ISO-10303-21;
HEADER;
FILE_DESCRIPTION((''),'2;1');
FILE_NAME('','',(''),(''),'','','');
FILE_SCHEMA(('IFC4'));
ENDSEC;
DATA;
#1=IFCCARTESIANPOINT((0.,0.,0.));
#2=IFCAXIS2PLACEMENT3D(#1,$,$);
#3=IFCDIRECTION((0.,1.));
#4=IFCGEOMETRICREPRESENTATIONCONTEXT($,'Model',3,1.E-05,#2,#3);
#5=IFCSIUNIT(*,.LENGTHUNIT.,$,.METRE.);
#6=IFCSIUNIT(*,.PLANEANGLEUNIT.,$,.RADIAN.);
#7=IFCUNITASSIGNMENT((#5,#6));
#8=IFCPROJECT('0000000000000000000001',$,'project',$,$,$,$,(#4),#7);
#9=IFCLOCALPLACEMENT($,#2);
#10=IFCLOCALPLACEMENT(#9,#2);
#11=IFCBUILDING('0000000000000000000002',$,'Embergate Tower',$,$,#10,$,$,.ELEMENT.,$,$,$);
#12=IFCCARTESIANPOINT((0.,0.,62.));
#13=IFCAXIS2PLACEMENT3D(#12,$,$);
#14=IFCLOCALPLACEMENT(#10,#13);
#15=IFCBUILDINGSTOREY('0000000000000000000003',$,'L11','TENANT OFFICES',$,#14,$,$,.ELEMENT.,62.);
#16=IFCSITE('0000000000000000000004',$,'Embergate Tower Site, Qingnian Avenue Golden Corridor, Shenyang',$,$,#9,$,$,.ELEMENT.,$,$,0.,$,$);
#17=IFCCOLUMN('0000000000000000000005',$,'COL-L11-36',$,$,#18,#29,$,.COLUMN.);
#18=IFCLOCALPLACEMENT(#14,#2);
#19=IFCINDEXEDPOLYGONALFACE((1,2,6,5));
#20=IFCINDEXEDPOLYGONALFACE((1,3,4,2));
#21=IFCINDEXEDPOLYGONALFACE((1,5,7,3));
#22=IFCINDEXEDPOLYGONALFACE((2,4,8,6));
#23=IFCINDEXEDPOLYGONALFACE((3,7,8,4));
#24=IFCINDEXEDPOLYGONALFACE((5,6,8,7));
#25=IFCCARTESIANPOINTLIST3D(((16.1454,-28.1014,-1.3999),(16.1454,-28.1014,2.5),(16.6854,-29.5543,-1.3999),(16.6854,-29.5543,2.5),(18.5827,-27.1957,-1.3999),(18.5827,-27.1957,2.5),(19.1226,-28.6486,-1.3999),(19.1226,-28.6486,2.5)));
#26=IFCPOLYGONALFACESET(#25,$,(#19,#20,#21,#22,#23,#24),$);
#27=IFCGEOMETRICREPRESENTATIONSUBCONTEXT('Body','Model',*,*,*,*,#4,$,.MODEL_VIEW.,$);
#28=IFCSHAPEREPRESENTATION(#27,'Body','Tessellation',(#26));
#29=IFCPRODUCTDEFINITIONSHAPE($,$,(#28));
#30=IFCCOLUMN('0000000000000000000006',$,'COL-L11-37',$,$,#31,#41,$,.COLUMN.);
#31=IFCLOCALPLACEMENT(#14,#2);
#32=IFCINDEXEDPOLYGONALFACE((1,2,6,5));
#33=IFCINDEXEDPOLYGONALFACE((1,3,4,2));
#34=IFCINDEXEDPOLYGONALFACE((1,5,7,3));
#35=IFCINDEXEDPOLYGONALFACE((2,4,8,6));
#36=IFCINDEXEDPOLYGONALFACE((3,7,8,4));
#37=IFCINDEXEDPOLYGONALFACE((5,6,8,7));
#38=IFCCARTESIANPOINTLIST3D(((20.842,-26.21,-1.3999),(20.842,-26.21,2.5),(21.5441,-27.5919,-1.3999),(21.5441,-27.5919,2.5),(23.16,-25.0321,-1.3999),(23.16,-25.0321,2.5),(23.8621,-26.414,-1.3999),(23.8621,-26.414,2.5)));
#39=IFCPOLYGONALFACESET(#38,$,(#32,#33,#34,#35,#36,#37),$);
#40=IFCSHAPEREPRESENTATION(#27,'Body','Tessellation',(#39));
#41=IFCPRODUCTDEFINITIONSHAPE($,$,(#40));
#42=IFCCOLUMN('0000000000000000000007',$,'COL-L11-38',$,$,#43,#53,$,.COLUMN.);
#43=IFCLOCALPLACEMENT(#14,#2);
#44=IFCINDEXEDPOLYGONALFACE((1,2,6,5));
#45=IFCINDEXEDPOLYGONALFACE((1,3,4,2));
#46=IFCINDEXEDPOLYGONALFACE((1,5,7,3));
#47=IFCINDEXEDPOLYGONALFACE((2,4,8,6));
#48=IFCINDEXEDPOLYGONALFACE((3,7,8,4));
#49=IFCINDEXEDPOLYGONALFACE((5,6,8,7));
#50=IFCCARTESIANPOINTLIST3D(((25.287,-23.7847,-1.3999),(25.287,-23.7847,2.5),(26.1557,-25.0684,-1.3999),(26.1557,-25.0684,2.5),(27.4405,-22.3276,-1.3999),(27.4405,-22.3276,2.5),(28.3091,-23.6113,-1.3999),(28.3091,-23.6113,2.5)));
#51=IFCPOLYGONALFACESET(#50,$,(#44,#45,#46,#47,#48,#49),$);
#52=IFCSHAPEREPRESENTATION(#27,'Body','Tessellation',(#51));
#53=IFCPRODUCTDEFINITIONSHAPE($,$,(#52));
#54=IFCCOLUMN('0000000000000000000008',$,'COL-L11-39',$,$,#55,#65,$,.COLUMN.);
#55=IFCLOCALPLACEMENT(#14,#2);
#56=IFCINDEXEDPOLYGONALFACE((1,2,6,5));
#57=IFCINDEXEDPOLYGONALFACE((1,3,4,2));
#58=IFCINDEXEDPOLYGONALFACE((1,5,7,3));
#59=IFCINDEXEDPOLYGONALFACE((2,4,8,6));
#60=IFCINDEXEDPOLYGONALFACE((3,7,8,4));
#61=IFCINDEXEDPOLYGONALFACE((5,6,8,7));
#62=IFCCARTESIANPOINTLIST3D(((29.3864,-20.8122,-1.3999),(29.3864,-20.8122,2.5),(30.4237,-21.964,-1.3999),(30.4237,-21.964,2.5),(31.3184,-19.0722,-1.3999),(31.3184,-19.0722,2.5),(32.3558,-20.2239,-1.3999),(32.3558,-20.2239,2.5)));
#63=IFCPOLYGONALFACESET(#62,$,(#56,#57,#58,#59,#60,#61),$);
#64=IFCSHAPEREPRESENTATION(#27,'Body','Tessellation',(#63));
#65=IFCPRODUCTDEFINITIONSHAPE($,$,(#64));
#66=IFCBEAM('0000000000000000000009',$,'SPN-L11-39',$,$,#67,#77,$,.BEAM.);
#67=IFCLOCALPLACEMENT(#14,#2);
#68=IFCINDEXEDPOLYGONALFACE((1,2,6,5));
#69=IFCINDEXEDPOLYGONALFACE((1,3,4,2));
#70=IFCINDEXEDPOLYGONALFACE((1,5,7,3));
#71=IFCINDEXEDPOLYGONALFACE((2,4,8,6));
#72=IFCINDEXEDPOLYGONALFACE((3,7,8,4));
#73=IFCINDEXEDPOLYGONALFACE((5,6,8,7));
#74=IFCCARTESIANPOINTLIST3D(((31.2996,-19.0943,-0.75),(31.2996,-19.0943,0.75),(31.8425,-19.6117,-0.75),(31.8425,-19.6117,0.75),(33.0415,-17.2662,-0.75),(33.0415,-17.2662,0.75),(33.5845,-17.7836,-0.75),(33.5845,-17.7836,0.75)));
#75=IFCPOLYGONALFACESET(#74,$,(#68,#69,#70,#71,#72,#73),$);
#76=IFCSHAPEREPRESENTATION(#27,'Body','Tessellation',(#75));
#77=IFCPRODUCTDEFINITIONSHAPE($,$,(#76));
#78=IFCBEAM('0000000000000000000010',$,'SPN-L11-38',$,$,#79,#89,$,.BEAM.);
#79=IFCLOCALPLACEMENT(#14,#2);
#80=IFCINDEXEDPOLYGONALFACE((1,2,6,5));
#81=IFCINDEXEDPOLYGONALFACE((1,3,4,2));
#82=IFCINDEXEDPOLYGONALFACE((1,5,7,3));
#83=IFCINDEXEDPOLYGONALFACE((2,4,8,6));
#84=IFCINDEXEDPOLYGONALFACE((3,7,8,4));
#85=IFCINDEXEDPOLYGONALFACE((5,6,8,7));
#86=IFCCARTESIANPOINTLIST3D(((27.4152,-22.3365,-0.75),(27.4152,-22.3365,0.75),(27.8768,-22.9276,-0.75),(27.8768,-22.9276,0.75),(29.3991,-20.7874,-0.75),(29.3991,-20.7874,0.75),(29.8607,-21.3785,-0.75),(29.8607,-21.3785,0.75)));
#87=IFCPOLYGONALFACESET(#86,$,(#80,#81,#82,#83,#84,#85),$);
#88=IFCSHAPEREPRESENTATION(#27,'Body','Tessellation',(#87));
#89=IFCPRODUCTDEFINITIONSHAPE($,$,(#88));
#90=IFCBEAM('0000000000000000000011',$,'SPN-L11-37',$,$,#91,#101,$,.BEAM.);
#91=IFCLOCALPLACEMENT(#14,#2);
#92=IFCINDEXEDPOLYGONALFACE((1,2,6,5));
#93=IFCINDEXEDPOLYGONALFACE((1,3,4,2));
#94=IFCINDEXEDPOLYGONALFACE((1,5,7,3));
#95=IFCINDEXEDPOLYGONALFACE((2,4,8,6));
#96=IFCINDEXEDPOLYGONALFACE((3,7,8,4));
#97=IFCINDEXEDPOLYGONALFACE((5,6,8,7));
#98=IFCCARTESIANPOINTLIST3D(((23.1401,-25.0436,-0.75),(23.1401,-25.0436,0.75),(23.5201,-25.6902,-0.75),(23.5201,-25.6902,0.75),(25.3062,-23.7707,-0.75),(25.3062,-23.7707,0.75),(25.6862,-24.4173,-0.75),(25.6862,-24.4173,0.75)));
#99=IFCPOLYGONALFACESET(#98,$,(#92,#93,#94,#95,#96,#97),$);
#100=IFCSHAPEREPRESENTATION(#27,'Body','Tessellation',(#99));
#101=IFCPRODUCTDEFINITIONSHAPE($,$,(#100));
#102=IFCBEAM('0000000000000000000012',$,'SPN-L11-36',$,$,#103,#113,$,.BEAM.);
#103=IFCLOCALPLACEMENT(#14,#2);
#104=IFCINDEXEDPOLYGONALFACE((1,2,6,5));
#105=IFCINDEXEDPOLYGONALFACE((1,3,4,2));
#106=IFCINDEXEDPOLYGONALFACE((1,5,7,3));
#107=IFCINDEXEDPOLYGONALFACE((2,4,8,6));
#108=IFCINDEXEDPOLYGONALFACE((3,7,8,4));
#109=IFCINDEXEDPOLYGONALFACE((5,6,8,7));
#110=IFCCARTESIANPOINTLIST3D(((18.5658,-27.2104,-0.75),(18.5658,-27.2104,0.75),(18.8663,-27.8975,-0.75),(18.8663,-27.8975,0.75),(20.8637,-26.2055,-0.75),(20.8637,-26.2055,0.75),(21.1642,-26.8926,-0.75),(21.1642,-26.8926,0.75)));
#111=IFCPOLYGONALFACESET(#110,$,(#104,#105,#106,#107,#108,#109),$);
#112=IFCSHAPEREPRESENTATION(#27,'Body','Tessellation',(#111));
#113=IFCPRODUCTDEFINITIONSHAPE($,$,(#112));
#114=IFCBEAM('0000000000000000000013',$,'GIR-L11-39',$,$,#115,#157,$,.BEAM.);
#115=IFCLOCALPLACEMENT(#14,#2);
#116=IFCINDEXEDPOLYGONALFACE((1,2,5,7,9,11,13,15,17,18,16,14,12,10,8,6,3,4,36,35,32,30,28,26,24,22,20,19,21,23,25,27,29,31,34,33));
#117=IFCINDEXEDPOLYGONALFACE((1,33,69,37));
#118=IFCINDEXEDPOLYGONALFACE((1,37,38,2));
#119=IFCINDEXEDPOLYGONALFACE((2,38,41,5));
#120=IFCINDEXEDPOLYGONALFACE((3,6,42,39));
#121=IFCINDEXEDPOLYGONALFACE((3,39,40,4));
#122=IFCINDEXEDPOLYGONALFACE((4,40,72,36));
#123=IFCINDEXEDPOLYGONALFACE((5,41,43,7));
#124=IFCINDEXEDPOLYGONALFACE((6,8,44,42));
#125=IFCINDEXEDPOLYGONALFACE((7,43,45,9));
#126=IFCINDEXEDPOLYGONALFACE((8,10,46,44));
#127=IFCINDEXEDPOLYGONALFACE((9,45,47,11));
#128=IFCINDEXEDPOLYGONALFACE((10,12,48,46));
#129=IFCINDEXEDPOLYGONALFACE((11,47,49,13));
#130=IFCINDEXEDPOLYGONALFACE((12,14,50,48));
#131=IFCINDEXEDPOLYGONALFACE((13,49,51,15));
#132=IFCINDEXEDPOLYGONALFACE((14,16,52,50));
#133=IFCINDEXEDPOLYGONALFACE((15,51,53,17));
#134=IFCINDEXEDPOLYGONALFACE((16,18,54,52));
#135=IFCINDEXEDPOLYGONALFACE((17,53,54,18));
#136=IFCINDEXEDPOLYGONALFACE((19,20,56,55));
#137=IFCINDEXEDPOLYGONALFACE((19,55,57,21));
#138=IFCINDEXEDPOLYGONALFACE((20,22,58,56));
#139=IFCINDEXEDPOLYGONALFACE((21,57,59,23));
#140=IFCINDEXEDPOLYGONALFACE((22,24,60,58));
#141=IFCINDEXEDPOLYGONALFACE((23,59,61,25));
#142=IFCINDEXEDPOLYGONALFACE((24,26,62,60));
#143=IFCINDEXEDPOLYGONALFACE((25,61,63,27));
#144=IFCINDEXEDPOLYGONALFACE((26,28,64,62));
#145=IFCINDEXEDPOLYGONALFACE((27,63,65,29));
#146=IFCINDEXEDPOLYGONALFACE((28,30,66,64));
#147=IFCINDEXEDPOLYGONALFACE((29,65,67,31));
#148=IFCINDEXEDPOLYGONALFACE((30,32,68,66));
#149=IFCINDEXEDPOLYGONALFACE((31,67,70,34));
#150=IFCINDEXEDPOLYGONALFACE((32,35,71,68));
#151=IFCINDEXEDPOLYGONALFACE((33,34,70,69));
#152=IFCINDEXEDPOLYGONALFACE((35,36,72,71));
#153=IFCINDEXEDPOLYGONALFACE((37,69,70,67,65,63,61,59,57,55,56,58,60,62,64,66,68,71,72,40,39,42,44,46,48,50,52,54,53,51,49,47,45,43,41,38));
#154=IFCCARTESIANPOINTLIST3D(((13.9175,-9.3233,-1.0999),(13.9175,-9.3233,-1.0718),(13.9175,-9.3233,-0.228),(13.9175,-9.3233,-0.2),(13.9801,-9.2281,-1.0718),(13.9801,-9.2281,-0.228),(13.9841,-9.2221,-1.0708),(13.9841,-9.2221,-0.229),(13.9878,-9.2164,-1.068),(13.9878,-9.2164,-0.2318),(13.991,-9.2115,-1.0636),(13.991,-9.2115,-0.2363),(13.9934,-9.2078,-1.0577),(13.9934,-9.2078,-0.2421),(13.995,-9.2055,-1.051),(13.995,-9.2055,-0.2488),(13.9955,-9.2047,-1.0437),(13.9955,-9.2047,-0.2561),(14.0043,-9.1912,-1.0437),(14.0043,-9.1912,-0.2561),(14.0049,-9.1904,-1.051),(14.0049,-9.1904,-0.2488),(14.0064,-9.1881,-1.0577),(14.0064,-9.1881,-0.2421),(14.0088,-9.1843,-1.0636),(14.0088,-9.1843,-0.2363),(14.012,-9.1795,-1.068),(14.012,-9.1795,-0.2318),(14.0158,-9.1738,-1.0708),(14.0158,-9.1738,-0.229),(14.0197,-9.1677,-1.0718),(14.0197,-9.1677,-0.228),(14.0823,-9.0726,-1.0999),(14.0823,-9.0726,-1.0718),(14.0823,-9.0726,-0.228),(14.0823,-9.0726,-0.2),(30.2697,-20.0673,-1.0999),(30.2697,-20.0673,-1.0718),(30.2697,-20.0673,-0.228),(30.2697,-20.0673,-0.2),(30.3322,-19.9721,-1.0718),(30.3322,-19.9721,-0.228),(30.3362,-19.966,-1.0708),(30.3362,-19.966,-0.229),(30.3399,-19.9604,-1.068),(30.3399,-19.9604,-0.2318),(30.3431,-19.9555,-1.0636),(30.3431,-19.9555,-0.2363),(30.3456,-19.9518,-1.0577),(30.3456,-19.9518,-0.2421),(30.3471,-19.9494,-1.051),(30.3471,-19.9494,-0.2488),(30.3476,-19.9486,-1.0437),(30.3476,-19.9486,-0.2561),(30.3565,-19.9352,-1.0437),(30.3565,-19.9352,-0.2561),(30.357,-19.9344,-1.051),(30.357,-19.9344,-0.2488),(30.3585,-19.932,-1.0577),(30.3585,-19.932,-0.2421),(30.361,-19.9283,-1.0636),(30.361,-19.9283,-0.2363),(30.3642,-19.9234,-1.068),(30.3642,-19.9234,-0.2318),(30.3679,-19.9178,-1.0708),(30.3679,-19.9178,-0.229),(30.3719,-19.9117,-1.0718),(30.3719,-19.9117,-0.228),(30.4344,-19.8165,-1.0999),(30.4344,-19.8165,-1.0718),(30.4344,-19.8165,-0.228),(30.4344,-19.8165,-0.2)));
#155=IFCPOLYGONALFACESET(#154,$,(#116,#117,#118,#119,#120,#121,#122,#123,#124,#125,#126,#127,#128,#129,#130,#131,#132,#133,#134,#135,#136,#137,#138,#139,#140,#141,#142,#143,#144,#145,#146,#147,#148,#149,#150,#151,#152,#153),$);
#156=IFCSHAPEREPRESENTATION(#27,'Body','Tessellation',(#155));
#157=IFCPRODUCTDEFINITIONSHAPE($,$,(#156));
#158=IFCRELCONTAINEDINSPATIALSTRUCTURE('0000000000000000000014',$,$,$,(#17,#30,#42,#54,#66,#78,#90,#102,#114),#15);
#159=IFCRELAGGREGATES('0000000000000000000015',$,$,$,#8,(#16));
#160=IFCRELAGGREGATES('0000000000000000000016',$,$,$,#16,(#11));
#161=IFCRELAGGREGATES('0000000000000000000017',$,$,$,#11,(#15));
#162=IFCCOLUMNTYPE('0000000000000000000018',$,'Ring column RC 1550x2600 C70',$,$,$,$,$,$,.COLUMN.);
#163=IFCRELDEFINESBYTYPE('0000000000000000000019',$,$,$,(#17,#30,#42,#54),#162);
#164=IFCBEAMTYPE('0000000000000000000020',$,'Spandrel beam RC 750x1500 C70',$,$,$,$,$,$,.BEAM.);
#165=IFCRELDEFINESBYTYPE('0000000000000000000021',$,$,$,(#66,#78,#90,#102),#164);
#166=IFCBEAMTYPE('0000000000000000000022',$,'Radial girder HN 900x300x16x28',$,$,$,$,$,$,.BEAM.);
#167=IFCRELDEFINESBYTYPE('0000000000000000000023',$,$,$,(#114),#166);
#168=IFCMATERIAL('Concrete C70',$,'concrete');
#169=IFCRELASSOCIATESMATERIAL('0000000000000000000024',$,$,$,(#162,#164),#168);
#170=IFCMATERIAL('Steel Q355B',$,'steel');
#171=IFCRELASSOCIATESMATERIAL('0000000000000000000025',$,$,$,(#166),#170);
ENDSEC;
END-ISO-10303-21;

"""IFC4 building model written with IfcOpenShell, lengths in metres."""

from ifc_helpers import new_model, si_unit, direction, frame, origin, origin_2d, place, context, subcontext, project, spatial, rectangle, i_section, extrude, source, transform, mapped, material, material_profile, profile_set, type_object, element, save


model = new_model("IFC4")

# Units and contexts
model_context = context("Model", 3, precision=1e-05, world=origin(), true_north=direction((0.0, 1.0)))
body_context = subcontext(model_context, "Body", "Model", "MODEL_VIEW")
ifc_project = project(units=[si_unit("LENGTHUNIT", "METRE"), si_unit("PLANEANGLEUNIT", "RADIAN")], contexts=[model_context])

# Site, building, storey
site_placement = place(None, origin())
site = spatial("IfcSite", under=ifc_project, at=site_placement, Name="Embergate Tower Site, Qingnian Avenue Golden Corridor, Shenyang", CompositionType="ELEMENT", RefElevation=0.0)
building_placement = place(site_placement, origin())
building = spatial("IfcBuilding", under=site, at=building_placement, Name="Embergate Tower", CompositionType="ELEMENT")
storey_placement = place(building_placement, frame((0.0, 0.0, 62.0)))
storey = spatial("IfcBuildingStorey", under=building, at=storey_placement, Name="L11", Description="TENANT OFFICES", CompositionType="ELEMENT", Elevation=62.0)

# Columns
ifc_material_1 = material(Name="Concrete C70", Category="concrete")
ifc_material_profile_1 = material_profile(ifc_material_1, rectangle(XDim=1.55, YDim=2.6001, at=origin_2d()), Name="RC 1550x2600")
ifc_profile_set_1 = profile_set([ifc_material_profile_1], Name="Concrete C70")
column_type = type_object("IfcColumnType", Name="Ring column RC 1550x2600 C70", PredefinedType="COLUMN", material=ifc_profile_set_1)
shared_shape_1 = source(origin(), body_context, "Body", "SweptSolid", [
    extrude(rectangle(XDim=1.55, YDim=2.6001, at=origin_2d()), origin(), (0.0, 0.0, 1.0), 3.8999),
])
for number, where, z_axis, x_axis, name in (
    (1, (17.634, -28.375, -1.3999), (0.0, 0.0, 1.0), (0.348343, -0.937367, 0.0), "COL-L11-36"),
    (2, (22.3521, -26.312, -1.3999), (0.0, 0.0, 1.0), (0.453011, -0.891505, 0.0), "COL-L11-37"),
    (3, (26.7981, -23.698, -1.3999), (0.0, 0.0, 1.0), (0.560408, -0.828217, 0.0), "COL-L11-38"),
    (4, (30.8711, -20.5181, -1.3999), (0.0, 0.0, 1.0), (0.669221, -0.743063, 0.0), "COL-L11-39"),
):
    element("IfcColumn", number, at=place(storey_placement, frame(where, z_axis=z_axis, x_axis=x_axis)), inside=storey, type_object=column_type, Name=name, PredefinedType="COLUMN", context=body_context, shape_type="MappedRepresentation", body=[
        mapped(shared_shape_1, transform((0.0, 0.0, 0.0))),
    ])

# Beams
ifc_material_profile_2 = material_profile(ifc_material_1, rectangle(XDim=0.75, YDim=1.5, at=origin_2d()), Name="RC 750x1500")
ifc_profile_set_2 = profile_set([ifc_material_profile_2], Name="Concrete C70")
beam_type_1 = type_object("IfcBeamType", Name="Spandrel beam RC 750x1500 C70", PredefinedType="BEAM", material=ifc_profile_set_2)
shared_shape_2 = source(origin(), body_context, "Body", "SweptSolid", [
    extrude(rectangle(XDim=0.75, YDim=1.5, at=origin_2d()), origin(), (0.0, 0.0, 1.0), 2.5251),
])
beam_1_placement = place(storey_placement, frame((31.571, -19.353, 0.0), z_axis=(0.689836, 0.723965, 0.0), x_axis=(-0.723965, 0.689836, 0.0)))
element("IfcBeam", 5, at=beam_1_placement, inside=storey, type_object=beam_type_1, Name="SPN-L11-39", PredefinedType="BEAM", context=body_context, shape_type="MappedRepresentation", body=[
    mapped(shared_shape_2, transform((0.0, 0.0, 0.0))),
])
shared_shape_3 = source(origin(), body_context, "Body", "SweptSolid", [
    extrude(rectangle(XDim=0.75, YDim=1.5, at=origin_2d()), origin(), (0.0, 0.0, 1.0), 2.5171),
])
beam_2_placement = place(storey_placement, frame((27.646, -22.6321, 0.0), z_axis=(0.788186, 0.615437, 0.0), x_axis=(-0.615437, 0.788186, 0.0)))
element("IfcBeam", 6, at=beam_2_placement, inside=storey, type_object=beam_type_1, Name="SPN-L11-38", PredefinedType="BEAM", context=body_context, shape_type="MappedRepresentation", body=[
    mapped(shared_shape_3, transform((0.0, 0.0, 0.0))),
])
shared_shape_4 = source(origin(), body_context, "Body", "SweptSolid", [
    extrude(rectangle(XDim=0.75, YDim=1.5, at=origin_2d()), origin(), (0.0, 0.0, 1.0), 2.5125),
])
beam_3_placement = place(storey_placement, frame((23.3301, -25.3669, 0.0), z_axis=(0.862139, 0.506672, 0.0), x_axis=(-0.506672, 0.862139, 0.0)))
element("IfcBeam", 7, at=beam_3_placement, inside=storey, type_object=beam_type_1, Name="SPN-L11-37", PredefinedType="BEAM", context=body_context, shape_type="MappedRepresentation", body=[
    mapped(shared_shape_4, transform((0.0, 0.0, 0.0))),
])
shared_shape_5 = source(origin(), body_context, "Body", "SweptSolid", [
    extrude(rectangle(XDim=0.75, YDim=1.5, at=origin_2d()), origin(), (0.0, 0.0, 1.0), 2.5081),
])
beam_4_placement = place(storey_placement, frame((18.7161, -27.554, 0.0), z_axis=(0.91622, 0.400676, 0.0), x_axis=(-0.400676, 0.91622, 0.0)))
element("IfcBeam", 8, at=beam_4_placement, inside=storey, type_object=beam_type_1, Name="SPN-L11-36", PredefinedType="BEAM", context=body_context, shape_type="MappedRepresentation", body=[
    mapped(shared_shape_5, transform((0.0, 0.0, 0.0))),
])
ifc_material_2 = material(Name="Steel Q355B", Category="steel")
ifc_material_profile_3 = material_profile(ifc_material_2, i_section(OverallWidth=0.3, OverallDepth=0.8999, WebThickness=0.0161, FlangeThickness=0.0281, FilletRadius=0.0281, at=origin_2d()), Name="HN 900x300x16x28")
ifc_profile_set_3 = profile_set([ifc_material_profile_3], Name="Steel Q355 grade B")
beam_type_2 = type_object("IfcBeamType", Name="Radial girder HN 900x300x16x28", PredefinedType="BEAM", material=ifc_profile_set_3)
shared_shape_6 = source(origin(), body_context, "Body", "SweptSolid", [
    extrude(i_section(OverallWidth=0.3, OverallDepth=0.8999, WebThickness=0.0161, FlangeThickness=0.0281, FilletRadius=0.0281, at=origin_2d()), origin(), (0.0, 0.0, 1.0), 19.5659),
])
beam_5_placement = place(storey_placement, frame((30.3521, -19.9419, -0.6499), z_axis=(-0.835746, 0.549116, 0.0), x_axis=(-0.549116, -0.835746, 0.0)))
element("IfcBeam", 9, at=beam_5_placement, inside=storey, type_object=beam_type_2, Name="GIR-L11-39", PredefinedType="BEAM", context=body_context, shape_type="MappedRepresentation", body=[
    mapped(shared_shape_6, transform((0.0, 0.0, 0.0))),
])

save(model, "model.ifc")
